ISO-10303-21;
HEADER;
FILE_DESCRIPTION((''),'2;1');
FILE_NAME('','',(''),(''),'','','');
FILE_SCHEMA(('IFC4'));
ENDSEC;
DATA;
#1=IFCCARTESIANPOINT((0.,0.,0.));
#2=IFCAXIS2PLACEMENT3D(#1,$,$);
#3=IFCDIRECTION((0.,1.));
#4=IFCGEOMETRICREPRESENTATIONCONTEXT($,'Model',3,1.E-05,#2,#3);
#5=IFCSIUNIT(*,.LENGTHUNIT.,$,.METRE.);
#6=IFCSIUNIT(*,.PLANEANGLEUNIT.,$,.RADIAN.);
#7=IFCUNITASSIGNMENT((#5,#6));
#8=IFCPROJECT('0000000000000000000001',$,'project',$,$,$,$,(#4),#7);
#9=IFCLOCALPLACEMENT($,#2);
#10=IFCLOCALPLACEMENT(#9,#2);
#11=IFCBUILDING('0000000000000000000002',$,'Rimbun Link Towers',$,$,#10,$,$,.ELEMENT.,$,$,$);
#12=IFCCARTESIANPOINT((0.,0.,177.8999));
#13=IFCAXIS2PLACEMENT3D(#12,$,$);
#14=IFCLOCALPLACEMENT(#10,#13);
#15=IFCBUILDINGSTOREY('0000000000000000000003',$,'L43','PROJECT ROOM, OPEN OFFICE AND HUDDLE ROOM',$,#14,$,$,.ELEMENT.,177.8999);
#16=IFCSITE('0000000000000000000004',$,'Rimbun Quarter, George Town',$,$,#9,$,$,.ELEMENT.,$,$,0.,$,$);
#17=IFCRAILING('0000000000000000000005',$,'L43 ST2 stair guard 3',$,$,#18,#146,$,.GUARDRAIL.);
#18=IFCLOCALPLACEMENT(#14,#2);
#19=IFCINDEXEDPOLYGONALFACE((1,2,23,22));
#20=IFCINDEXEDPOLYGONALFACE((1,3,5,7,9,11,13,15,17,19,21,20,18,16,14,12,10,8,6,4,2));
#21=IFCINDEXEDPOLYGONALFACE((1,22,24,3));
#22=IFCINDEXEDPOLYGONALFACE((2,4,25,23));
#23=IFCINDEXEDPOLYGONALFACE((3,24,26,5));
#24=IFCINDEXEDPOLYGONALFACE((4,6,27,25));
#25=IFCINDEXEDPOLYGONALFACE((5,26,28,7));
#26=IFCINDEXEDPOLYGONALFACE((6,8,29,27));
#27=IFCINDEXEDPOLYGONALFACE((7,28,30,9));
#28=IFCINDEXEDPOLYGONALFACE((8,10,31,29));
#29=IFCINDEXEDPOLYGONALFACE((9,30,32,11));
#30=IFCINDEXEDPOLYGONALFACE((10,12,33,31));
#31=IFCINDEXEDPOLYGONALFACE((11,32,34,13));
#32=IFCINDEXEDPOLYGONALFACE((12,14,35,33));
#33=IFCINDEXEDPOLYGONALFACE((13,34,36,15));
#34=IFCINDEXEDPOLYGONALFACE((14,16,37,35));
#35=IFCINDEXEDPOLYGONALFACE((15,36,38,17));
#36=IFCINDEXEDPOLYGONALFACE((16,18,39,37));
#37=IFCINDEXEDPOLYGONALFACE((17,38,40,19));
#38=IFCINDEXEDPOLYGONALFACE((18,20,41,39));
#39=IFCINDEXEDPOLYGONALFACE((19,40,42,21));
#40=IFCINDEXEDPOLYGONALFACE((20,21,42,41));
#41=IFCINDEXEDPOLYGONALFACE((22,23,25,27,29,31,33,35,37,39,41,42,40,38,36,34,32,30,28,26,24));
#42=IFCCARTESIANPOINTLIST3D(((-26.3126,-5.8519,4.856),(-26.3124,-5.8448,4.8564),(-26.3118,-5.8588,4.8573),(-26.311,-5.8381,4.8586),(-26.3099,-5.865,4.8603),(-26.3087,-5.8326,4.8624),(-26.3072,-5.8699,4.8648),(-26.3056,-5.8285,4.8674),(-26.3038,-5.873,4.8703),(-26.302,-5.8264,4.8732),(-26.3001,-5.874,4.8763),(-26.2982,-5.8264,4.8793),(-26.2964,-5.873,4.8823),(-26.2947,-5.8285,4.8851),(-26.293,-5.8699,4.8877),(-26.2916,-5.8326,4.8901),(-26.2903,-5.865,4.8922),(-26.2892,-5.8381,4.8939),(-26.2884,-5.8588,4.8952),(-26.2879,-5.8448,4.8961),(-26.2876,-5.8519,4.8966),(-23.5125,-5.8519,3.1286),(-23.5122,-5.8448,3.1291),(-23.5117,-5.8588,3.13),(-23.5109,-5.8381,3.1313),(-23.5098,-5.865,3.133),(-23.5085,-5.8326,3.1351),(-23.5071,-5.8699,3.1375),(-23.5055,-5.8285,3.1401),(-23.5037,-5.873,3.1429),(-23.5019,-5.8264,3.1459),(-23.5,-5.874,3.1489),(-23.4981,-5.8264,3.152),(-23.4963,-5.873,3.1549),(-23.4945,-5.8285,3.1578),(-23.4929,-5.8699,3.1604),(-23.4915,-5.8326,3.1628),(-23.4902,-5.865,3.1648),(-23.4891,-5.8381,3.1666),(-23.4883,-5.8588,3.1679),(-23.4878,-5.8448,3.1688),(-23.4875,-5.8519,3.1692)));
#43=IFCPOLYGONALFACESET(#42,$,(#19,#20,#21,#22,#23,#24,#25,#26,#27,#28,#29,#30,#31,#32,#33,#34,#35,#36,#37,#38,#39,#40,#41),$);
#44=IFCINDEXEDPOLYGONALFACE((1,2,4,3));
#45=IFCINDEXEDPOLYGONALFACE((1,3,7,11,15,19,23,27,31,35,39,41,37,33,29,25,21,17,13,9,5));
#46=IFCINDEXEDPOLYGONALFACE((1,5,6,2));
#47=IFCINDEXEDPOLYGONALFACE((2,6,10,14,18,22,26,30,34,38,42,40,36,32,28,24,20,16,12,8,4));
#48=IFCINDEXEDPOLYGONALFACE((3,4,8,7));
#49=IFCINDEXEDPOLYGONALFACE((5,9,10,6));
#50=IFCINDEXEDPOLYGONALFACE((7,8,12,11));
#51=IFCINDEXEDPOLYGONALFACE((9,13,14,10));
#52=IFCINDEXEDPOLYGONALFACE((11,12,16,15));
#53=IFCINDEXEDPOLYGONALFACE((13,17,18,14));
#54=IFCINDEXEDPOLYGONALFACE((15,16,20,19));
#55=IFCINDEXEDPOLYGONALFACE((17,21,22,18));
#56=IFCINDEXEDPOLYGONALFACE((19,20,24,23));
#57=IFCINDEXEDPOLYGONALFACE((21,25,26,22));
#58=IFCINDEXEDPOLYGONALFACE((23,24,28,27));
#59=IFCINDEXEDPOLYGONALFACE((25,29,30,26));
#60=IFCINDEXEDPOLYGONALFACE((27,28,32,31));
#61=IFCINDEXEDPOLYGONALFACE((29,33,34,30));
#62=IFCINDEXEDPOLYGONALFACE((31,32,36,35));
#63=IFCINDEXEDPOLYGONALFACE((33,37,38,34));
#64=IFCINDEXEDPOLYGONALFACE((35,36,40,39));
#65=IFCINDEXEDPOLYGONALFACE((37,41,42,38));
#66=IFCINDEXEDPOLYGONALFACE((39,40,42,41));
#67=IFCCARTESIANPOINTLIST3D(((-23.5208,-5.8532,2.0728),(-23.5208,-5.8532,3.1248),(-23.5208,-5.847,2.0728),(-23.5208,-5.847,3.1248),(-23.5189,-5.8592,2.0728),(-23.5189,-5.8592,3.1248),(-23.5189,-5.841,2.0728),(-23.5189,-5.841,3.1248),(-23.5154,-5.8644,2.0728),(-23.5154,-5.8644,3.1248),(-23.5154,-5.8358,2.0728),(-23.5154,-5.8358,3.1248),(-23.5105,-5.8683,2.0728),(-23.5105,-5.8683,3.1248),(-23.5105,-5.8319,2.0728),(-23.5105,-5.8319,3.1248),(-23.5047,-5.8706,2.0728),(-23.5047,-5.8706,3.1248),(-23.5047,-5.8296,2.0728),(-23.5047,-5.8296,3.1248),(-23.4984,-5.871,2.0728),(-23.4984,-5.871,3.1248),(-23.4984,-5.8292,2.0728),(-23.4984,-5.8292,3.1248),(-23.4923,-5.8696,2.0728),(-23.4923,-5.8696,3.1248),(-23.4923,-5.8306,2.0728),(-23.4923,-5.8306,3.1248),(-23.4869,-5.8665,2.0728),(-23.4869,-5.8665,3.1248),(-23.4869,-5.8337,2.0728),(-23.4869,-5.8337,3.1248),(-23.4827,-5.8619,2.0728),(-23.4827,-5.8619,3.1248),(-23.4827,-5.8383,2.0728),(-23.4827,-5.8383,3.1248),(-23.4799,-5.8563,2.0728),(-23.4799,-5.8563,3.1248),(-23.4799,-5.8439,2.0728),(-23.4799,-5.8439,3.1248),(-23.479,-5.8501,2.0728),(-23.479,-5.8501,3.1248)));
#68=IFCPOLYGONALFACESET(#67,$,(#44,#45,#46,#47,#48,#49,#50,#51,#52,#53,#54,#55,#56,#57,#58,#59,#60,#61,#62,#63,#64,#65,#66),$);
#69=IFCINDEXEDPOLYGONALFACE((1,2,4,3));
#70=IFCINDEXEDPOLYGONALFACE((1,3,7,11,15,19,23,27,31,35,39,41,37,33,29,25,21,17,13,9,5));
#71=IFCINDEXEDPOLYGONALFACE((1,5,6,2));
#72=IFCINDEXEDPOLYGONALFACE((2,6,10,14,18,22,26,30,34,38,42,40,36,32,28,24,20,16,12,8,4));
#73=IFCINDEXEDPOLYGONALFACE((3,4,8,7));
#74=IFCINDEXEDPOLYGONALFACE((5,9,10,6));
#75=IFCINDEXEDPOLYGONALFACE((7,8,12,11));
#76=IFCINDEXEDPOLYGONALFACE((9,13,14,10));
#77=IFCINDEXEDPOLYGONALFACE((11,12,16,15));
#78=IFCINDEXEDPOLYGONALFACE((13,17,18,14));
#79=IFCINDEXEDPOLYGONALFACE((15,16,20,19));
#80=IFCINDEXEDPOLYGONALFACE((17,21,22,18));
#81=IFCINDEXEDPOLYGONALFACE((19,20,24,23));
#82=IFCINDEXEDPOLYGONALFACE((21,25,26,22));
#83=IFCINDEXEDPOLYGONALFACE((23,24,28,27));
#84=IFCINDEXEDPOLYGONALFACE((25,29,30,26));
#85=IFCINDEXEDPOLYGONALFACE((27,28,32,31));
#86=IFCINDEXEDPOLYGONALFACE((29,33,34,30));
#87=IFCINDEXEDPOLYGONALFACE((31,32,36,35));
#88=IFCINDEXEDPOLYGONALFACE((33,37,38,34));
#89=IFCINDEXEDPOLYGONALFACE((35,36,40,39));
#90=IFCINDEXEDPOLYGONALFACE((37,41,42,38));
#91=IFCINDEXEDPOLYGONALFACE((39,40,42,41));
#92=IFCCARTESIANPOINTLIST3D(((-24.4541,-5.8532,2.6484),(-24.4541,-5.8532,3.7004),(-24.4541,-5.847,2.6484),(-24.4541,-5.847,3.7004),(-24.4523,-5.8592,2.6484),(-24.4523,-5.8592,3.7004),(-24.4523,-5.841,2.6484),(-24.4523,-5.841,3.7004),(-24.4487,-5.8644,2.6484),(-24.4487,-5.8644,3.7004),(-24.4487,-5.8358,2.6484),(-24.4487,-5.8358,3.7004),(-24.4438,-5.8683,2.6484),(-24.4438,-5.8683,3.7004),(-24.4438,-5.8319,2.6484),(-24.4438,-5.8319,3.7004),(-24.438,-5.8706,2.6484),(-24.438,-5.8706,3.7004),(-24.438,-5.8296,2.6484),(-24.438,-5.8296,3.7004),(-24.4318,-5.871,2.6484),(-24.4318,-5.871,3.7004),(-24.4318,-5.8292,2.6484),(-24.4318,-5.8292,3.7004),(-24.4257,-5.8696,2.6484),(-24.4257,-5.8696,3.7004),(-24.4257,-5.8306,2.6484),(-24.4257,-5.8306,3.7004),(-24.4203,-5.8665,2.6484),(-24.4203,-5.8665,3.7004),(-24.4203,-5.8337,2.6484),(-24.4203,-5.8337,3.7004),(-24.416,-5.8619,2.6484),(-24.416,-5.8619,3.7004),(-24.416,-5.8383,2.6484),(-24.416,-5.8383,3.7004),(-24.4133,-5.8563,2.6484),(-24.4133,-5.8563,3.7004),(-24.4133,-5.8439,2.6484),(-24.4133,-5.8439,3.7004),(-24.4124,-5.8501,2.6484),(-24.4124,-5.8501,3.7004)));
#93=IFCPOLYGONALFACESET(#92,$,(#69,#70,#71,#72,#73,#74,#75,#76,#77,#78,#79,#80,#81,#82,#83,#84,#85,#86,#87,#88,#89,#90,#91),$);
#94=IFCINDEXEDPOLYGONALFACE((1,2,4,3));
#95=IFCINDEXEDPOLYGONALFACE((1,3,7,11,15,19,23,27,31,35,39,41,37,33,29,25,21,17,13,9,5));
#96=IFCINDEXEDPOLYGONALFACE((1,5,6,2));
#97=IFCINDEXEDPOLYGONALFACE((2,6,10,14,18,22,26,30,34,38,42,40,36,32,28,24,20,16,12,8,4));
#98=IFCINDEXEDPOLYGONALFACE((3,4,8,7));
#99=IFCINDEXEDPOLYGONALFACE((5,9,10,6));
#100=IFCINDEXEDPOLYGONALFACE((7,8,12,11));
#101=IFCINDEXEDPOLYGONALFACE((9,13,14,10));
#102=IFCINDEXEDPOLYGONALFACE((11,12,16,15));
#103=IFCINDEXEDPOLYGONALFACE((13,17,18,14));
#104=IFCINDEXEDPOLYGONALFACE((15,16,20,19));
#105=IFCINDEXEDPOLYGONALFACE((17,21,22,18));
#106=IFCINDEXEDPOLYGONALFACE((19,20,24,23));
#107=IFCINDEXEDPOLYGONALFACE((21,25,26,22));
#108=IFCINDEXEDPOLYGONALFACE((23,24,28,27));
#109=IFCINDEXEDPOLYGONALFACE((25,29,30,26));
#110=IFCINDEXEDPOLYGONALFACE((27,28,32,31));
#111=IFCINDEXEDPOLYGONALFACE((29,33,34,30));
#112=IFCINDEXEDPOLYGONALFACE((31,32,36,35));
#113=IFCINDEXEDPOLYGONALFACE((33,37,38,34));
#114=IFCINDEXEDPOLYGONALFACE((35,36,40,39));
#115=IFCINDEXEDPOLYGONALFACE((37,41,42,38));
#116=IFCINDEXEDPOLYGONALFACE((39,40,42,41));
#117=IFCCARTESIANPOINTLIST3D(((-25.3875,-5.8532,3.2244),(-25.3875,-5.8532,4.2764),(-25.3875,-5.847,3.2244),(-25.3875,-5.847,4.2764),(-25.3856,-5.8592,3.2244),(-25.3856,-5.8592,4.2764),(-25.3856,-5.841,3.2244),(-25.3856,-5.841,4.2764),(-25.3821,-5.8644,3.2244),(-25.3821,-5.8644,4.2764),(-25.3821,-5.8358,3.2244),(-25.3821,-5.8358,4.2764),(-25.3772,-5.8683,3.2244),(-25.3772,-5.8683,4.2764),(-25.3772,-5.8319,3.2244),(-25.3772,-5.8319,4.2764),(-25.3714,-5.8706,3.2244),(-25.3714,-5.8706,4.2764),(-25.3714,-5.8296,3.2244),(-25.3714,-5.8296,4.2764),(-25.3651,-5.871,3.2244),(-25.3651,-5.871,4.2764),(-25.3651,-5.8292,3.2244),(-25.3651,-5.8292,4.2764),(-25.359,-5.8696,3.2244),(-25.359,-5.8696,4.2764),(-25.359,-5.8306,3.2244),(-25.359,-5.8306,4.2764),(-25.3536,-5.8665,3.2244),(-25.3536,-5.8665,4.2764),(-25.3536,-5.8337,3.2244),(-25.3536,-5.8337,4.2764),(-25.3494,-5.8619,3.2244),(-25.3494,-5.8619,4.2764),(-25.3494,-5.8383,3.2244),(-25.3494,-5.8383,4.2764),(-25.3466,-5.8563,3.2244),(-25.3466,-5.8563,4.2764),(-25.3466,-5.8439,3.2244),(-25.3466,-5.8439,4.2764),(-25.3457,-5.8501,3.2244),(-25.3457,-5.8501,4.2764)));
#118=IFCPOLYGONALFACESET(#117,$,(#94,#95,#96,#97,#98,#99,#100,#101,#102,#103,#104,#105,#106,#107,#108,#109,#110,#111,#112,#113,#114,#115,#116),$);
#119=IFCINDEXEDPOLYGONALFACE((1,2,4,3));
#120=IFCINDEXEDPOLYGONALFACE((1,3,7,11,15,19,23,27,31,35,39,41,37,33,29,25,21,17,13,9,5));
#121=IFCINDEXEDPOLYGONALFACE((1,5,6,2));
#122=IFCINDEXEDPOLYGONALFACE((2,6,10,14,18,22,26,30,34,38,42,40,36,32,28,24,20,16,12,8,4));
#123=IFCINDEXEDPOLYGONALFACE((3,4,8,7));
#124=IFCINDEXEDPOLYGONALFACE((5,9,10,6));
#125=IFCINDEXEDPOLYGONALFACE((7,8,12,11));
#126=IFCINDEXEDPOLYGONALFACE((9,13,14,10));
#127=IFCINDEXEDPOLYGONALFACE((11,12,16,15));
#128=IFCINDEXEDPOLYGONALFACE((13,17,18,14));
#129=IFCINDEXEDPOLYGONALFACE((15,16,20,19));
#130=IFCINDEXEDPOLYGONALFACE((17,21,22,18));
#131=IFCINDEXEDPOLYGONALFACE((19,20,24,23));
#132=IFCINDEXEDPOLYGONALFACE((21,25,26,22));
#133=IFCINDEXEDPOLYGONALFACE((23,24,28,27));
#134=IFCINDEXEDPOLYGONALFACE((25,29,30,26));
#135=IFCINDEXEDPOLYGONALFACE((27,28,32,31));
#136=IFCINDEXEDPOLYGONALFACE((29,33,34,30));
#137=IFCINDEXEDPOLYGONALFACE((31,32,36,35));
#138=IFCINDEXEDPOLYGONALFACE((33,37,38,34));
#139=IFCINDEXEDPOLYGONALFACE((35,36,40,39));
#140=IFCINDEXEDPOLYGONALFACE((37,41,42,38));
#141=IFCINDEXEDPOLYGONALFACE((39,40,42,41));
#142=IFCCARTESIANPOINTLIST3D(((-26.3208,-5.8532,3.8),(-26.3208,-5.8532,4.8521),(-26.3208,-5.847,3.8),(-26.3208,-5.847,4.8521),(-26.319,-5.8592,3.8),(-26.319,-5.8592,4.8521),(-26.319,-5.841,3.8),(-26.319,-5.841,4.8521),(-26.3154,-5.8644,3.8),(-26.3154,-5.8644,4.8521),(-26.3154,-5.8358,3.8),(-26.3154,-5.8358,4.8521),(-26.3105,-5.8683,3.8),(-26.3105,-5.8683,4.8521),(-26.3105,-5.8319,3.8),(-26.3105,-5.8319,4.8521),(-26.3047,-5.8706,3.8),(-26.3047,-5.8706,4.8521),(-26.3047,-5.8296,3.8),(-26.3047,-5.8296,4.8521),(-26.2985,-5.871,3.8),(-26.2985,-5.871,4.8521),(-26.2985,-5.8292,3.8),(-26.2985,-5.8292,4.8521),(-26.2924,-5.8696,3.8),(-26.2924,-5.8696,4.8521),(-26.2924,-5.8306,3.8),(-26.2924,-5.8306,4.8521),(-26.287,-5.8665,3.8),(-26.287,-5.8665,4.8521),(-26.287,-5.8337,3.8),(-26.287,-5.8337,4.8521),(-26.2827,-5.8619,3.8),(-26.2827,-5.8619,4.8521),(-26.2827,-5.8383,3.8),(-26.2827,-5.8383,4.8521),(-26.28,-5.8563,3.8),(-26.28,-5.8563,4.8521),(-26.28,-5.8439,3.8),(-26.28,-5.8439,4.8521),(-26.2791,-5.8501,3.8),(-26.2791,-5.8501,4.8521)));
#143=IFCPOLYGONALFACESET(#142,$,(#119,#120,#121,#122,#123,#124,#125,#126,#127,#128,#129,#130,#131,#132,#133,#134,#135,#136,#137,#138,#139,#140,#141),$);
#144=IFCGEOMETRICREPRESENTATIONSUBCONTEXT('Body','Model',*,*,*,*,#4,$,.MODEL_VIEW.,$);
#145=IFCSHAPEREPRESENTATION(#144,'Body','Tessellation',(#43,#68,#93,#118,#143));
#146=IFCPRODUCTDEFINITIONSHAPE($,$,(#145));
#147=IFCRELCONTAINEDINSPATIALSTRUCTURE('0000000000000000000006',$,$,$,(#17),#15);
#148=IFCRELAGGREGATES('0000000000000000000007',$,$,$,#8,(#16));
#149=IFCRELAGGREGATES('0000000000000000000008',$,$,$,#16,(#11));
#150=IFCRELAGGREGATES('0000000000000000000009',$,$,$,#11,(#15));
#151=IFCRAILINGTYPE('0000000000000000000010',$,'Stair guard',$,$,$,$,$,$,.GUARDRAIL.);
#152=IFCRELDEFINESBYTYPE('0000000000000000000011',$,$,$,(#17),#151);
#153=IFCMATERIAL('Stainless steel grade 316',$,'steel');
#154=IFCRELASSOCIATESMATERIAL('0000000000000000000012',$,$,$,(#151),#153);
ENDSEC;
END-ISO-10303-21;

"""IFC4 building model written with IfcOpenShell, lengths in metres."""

from ifc_helpers import new_model, si_unit, direction, frame, origin, origin_2d, place, context, subcontext, project, spatial, circle, extrude, material, type_object, element, save


model = new_model("IFC4")

# Units and contexts
model_context = context("Model", 3, precision=1e-05, world=origin(), true_north=direction((0.0, 1.0)))
body_context = subcontext(model_context, "Body", "Model", "MODEL_VIEW")
ifc_project = project(units=[si_unit("LENGTHUNIT", "METRE"), si_unit("PLANEANGLEUNIT", "RADIAN")], contexts=[model_context])

# Site, building, storey
site_placement = place(None, origin())
site = spatial("IfcSite", under=ifc_project, at=site_placement, Name="Rimbun Quarter, George Town", CompositionType="ELEMENT", RefElevation=0.0)
building_placement = place(site_placement, origin())
building = spatial("IfcBuilding", under=site, at=building_placement, Name="Rimbun Link Towers", CompositionType="ELEMENT")
storey_placement = place(building_placement, frame((0.0, 0.0, 177.8999)))
storey = spatial("IfcBuildingStorey", under=building, at=storey_placement, Name="L43", Description="PROJECT ROOM, OPEN OFFICE AND HUDDLE ROOM", CompositionType="ELEMENT", Elevation=177.8999)

# Railing
ifc_material_1 = material(Name="Stainless steel grade 316", Category="steel")
railing_type_1 = type_object("IfcRailingType", Name="Stair guard", PredefinedType="GUARDRAIL", material=ifc_material_1)
railing_1_placement = place(storey_placement, frame((-23.5, -5.8501, 2.0728)))
element("IfcRailing", 1, at=railing_1_placement, inside=storey, type_object=railing_type_1, Name="L43 ST2 stair guard 3", PredefinedType="GUARDRAIL", context=body_context, shape_type="SweptSolid", body=[
    extrude(circle(Radius=0.0239, at=origin_2d()), frame((0.0, 0.0, 1.0762), z_axis=(-0.85109, 0.0, 0.52502), x_axis=(0.0, -1.0, 0.0)), (0.0, 0.0, 1.0), 3.29),
    extrude(circle(Radius=0.021, at=origin_2d()), origin(), (0.0, 0.0, 1.0), 1.052),
    extrude(circle(Radius=0.021, at=origin_2d()), frame((-0.9333, 0.0, 0.5757)), (0.0, 0.0, 1.0), 1.052),
    extrude(circle(Radius=0.021, at=origin_2d()), frame((-1.8667, 0.0, 1.1516)), (0.0, 0.0, 1.0), 1.052),
    extrude(circle(Radius=0.021, at=origin_2d()), frame((-2.8, 0.0, 1.7273)), (0.0, 0.0, 1.0), 1.052),
])

save(model, "model.ifc")
